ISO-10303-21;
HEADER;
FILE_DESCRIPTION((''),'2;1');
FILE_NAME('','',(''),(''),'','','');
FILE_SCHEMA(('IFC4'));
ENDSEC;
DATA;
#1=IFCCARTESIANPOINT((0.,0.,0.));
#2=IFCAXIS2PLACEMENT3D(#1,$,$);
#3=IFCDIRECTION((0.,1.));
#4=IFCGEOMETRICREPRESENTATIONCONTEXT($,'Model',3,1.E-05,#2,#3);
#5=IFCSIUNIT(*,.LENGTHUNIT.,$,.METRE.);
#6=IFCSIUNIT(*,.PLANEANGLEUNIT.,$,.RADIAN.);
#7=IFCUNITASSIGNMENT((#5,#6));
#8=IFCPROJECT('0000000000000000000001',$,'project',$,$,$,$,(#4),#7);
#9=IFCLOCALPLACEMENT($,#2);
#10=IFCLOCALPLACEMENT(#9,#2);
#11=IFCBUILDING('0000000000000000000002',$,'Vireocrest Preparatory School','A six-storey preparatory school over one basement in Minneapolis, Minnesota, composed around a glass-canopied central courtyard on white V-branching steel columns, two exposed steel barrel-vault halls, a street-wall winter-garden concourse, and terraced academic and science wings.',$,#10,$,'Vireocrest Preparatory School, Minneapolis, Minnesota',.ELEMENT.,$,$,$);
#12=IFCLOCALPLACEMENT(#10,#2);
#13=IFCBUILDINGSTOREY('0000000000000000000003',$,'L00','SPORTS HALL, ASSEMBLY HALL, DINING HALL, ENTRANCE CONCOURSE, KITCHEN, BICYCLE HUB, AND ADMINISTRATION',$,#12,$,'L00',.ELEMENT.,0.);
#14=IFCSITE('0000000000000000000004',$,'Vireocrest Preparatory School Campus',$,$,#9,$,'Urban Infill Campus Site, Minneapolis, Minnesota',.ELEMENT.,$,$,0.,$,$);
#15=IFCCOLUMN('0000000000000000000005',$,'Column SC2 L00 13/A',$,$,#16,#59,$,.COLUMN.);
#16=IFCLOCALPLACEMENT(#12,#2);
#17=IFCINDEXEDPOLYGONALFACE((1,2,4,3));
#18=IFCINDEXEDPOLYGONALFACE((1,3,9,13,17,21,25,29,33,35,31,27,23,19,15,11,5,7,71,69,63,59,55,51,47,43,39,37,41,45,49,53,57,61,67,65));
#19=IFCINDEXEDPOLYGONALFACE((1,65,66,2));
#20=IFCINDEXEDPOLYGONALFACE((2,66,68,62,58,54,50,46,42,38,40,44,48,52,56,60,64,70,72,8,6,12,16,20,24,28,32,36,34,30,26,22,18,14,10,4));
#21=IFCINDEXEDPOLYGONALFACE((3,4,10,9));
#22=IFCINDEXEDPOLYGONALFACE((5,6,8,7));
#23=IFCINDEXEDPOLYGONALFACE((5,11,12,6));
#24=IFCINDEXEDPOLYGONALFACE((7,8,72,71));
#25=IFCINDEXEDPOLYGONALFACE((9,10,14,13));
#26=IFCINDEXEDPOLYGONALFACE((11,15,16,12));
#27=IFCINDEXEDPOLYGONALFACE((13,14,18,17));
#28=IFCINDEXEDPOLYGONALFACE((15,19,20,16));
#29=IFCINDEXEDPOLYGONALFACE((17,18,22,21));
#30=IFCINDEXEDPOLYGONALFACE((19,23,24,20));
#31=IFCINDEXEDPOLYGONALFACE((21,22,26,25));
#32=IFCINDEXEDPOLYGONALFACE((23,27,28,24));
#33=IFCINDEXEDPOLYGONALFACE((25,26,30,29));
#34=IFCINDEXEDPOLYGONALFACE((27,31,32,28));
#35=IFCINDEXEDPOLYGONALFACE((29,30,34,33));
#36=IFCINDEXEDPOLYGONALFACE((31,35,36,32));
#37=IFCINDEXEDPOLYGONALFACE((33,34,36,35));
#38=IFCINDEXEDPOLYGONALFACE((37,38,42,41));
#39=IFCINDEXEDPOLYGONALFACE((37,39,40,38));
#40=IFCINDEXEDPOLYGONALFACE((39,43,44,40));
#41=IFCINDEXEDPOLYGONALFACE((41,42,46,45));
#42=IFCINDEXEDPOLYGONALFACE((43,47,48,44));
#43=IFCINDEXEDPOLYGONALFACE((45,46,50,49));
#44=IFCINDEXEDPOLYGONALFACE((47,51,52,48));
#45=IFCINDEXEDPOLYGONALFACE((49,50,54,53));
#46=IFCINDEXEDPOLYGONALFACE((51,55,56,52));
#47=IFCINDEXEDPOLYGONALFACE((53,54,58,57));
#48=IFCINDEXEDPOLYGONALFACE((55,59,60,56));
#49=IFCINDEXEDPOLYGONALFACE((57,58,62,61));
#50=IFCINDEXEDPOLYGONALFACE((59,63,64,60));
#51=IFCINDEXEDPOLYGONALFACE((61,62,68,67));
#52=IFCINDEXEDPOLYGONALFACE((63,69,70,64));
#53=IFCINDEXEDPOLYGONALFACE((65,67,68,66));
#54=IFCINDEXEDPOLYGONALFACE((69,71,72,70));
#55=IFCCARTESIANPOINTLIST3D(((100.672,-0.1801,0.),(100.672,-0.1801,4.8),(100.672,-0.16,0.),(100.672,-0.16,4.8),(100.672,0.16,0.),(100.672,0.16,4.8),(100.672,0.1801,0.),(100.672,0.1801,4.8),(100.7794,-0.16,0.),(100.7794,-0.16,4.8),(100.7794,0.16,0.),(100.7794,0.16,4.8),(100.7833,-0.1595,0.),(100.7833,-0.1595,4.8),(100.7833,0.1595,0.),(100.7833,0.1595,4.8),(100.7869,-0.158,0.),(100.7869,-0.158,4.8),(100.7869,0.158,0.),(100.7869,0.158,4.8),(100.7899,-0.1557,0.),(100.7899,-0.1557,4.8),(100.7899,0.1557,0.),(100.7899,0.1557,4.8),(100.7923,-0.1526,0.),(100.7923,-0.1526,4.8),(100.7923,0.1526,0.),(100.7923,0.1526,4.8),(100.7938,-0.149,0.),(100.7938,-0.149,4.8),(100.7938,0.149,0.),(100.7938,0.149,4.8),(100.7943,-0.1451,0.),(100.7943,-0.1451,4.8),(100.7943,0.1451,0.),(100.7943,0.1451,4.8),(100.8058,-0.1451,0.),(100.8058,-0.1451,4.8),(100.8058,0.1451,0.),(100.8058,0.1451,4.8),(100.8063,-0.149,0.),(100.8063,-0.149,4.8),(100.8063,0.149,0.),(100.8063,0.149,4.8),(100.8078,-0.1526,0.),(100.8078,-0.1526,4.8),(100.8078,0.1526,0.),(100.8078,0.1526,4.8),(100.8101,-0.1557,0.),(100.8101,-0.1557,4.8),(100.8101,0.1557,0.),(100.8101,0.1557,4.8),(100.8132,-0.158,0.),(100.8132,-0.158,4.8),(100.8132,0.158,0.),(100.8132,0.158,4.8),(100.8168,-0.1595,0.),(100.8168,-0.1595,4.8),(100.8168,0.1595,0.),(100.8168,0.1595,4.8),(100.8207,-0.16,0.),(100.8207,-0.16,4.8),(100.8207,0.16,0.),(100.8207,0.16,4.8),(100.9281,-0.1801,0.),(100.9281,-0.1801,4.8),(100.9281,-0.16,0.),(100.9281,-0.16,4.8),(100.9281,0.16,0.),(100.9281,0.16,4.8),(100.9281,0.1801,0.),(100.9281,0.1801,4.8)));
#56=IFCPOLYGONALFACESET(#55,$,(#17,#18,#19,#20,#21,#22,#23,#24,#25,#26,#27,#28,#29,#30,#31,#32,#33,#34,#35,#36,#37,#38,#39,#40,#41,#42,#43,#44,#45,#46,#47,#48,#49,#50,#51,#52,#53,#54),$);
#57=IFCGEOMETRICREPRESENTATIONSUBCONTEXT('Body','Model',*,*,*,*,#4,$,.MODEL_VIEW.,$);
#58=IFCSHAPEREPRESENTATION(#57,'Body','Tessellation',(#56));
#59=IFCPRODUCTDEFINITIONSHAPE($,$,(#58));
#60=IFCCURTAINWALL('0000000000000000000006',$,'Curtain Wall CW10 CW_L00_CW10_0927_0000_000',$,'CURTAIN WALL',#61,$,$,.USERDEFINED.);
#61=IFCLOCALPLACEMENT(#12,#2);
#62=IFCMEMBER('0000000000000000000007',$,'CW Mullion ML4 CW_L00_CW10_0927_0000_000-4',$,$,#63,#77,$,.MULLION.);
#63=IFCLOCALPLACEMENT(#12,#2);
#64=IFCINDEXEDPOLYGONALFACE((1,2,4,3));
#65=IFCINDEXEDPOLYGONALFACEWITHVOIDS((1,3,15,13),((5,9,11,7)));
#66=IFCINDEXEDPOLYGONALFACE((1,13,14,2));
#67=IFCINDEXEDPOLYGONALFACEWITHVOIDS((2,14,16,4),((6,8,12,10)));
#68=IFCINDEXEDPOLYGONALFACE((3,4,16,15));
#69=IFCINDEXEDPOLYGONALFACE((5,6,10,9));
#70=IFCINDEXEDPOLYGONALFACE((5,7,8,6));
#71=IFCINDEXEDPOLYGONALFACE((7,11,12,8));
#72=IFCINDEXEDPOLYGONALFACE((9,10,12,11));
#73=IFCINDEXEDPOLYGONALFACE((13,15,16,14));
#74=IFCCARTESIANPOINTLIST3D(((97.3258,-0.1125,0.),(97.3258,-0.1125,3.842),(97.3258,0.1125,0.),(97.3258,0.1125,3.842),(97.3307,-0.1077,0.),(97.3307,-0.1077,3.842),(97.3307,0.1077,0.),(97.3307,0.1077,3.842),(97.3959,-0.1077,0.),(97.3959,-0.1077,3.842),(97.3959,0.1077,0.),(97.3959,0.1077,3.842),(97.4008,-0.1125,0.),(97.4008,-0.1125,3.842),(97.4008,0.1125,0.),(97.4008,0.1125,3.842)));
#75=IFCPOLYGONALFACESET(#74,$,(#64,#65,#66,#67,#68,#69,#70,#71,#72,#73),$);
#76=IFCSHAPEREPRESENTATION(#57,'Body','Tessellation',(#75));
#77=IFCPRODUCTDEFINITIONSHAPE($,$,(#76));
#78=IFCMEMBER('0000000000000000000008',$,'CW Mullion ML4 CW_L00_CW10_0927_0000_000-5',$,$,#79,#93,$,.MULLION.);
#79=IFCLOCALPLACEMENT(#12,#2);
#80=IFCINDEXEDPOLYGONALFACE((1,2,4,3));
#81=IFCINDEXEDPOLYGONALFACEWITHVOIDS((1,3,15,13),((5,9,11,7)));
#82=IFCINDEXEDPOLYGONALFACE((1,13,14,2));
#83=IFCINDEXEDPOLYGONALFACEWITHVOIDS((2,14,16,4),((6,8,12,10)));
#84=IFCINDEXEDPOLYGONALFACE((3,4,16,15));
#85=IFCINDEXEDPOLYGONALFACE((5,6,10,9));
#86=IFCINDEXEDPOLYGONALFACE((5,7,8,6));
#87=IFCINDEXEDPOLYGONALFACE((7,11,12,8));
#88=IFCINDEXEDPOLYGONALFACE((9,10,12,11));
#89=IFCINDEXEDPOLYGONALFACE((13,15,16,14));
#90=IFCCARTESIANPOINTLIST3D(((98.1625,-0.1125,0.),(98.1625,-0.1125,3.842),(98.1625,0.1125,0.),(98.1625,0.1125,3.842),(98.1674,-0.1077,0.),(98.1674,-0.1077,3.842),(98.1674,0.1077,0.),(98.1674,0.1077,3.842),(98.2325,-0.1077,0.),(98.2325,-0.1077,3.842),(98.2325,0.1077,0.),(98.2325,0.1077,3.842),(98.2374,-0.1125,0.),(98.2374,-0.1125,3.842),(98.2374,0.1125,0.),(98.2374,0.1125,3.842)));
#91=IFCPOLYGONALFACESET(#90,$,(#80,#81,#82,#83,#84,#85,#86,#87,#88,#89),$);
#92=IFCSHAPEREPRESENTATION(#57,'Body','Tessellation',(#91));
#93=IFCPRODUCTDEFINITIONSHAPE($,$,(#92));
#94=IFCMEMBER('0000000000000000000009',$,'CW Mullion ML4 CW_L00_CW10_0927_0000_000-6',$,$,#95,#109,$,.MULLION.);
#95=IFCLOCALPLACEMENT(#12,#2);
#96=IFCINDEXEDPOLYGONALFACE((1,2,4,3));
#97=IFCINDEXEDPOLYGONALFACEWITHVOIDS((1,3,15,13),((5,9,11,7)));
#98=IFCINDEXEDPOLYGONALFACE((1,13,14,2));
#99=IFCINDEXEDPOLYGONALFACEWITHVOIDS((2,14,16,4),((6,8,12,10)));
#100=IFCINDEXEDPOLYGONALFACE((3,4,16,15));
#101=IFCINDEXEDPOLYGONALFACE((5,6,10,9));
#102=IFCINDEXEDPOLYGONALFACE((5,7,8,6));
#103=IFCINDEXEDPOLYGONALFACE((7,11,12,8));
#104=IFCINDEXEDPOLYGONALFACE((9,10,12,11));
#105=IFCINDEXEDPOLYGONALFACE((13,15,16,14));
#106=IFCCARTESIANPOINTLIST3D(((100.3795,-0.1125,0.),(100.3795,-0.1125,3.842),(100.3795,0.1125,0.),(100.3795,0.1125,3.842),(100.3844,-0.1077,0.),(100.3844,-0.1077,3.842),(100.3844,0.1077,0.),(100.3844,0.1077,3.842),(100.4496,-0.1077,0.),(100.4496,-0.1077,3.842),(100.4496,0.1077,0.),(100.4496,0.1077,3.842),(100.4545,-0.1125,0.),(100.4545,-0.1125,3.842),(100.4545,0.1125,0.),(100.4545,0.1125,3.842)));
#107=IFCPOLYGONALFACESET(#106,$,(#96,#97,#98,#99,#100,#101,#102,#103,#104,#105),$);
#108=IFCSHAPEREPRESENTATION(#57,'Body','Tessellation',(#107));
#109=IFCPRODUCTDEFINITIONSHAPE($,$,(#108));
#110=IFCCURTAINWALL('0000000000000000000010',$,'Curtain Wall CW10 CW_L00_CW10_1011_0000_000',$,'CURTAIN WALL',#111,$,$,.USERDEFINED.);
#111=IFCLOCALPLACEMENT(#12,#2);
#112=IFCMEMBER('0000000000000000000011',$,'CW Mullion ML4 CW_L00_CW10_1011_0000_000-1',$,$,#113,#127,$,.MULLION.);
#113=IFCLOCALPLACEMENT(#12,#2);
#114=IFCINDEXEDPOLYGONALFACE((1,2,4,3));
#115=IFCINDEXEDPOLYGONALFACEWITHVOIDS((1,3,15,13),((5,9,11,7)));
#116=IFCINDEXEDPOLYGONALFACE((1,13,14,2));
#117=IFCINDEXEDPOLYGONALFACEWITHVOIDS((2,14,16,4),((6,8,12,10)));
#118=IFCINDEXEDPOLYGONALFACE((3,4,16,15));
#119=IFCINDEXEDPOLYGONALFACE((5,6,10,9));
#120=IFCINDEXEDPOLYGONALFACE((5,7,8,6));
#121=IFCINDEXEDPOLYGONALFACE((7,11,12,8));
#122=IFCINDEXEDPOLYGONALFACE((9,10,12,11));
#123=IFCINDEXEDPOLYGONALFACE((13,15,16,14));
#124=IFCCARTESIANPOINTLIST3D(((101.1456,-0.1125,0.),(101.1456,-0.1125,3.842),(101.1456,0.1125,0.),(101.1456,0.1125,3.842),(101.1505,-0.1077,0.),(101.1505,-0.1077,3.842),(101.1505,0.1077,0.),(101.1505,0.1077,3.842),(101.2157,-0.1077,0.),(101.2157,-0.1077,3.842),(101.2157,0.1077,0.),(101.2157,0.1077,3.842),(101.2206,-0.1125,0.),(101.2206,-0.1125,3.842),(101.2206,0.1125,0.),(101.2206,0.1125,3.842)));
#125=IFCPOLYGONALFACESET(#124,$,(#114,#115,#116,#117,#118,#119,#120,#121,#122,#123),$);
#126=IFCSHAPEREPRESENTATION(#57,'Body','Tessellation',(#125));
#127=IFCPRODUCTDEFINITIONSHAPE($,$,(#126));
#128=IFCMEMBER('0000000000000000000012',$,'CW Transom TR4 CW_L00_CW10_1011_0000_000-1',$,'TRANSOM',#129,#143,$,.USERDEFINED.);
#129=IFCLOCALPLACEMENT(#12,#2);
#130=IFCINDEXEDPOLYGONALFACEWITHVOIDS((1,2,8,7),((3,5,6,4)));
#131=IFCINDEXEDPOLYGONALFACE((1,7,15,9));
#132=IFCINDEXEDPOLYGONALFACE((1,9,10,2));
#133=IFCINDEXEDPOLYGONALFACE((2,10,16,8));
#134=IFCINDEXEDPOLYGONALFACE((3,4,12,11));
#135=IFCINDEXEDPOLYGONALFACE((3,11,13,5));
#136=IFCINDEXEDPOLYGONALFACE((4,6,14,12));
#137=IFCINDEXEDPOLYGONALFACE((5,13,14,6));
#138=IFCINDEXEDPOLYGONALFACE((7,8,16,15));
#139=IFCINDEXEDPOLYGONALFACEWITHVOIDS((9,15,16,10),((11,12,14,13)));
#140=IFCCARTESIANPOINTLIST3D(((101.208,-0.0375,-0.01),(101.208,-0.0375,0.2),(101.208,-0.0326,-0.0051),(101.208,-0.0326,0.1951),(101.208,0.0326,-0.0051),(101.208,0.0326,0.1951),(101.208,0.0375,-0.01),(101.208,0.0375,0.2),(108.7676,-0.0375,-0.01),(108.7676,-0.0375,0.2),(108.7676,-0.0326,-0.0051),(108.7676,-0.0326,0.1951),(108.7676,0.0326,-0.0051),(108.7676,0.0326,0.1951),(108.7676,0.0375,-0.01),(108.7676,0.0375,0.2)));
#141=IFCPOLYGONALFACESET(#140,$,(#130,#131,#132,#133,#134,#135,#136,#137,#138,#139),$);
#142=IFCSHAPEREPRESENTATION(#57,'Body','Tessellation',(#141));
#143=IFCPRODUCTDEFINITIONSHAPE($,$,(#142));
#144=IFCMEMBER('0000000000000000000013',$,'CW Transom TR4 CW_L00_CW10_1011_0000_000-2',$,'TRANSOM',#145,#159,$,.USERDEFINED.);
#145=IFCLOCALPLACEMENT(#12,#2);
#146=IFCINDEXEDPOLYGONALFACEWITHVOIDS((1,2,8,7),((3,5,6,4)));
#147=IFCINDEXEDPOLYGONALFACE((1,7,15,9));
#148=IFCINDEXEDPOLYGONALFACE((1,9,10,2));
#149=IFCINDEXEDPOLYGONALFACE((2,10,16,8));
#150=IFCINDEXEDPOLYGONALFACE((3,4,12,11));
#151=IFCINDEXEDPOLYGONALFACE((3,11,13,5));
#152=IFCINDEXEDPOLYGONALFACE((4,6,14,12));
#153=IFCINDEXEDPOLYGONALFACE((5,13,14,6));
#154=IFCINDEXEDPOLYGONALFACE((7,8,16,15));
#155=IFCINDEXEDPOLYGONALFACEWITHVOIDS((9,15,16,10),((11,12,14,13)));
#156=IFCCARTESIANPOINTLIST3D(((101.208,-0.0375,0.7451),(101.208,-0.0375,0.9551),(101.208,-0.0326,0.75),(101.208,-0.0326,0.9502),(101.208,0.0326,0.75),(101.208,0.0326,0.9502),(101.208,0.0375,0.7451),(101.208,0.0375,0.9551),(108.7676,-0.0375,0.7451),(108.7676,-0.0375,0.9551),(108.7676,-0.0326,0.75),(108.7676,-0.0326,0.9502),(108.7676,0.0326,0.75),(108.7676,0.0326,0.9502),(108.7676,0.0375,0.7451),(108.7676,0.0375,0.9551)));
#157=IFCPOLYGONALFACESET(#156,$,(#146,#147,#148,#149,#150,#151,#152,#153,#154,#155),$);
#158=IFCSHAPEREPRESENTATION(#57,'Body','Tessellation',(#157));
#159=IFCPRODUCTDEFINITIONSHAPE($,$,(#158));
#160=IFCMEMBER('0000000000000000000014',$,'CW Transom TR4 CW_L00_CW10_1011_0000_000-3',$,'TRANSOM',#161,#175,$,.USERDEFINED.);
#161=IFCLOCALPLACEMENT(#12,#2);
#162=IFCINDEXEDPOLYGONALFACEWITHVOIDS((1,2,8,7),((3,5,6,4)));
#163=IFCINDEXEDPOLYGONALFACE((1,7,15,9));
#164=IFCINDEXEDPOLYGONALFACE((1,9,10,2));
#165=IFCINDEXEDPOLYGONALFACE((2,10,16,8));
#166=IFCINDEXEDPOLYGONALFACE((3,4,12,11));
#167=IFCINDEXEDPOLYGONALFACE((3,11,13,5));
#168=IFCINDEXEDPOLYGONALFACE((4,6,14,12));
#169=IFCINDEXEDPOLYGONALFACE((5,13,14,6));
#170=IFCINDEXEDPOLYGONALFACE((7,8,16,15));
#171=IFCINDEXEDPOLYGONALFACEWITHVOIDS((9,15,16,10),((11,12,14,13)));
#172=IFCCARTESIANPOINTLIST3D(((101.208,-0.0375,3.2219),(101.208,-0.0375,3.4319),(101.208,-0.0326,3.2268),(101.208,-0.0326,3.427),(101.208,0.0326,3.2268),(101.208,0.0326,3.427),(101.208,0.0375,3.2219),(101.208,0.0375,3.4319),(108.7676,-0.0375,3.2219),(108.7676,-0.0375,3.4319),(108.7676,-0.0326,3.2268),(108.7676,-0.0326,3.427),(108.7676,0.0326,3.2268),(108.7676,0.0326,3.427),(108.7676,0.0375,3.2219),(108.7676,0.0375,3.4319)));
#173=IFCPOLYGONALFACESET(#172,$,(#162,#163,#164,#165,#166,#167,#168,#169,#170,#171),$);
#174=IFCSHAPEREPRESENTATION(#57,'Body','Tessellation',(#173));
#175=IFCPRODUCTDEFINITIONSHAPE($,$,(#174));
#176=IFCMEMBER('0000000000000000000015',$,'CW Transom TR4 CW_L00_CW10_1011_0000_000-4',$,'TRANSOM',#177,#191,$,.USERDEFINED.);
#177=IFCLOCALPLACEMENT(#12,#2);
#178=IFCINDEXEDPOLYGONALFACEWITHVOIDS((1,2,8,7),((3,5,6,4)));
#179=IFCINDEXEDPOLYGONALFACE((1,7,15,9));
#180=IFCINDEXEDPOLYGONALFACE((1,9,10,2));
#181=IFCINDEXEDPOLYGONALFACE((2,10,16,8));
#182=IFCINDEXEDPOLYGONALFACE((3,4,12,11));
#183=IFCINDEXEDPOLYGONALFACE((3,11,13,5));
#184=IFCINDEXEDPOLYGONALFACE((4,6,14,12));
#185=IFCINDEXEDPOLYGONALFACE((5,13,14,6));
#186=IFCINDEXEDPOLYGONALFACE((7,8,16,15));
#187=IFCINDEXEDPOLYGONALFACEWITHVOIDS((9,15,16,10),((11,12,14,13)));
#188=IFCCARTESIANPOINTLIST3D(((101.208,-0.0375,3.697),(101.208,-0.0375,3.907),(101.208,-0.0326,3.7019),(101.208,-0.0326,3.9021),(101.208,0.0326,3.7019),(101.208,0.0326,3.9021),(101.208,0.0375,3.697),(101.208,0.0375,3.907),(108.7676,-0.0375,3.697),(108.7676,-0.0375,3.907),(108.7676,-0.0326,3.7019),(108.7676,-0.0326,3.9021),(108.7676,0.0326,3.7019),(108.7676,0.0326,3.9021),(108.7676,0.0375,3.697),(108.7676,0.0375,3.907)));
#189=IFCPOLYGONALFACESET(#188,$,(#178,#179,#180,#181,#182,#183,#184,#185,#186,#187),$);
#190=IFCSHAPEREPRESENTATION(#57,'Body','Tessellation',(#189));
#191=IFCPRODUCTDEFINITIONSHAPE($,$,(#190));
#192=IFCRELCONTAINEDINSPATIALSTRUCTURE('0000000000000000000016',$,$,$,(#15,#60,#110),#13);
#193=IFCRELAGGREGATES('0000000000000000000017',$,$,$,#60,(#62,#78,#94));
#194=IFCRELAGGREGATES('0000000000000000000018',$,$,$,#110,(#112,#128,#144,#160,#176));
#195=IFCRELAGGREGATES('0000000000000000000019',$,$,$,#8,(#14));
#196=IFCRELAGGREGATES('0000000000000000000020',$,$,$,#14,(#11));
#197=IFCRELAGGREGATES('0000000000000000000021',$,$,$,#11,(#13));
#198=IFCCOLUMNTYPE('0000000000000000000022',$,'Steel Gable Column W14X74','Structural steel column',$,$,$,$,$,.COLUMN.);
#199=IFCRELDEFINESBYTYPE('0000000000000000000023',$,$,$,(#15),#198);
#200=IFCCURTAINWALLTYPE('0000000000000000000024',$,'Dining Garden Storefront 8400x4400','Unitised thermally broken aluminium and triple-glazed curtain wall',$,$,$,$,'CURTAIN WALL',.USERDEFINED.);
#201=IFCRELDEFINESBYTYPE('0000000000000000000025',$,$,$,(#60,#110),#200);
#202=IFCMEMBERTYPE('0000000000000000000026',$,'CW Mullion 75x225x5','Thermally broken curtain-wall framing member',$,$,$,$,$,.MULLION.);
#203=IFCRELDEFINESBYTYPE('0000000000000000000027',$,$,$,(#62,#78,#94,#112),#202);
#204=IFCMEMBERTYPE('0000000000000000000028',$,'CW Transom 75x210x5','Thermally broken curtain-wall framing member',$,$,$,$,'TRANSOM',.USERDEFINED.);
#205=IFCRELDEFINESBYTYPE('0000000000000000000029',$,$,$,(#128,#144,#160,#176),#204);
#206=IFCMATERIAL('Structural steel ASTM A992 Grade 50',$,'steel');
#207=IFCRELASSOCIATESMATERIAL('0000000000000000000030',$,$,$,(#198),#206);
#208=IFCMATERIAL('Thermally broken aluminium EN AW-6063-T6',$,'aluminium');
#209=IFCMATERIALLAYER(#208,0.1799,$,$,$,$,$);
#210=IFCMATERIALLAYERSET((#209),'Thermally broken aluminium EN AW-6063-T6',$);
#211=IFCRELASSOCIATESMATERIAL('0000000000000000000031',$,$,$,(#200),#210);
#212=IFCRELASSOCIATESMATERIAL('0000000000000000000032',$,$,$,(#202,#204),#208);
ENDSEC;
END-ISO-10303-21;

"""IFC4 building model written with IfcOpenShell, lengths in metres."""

from ifc_helpers import new_model, si_unit, direction, frame, origin, origin_2d, place, context, subcontext, project, spatial, hollow_rectangle, i_section, extrude, material, layer, layer_set, material_profile, profile_set, type_object, element, aggregate, save


model = new_model("IFC4")

# Units and contexts
model_context = context("Model", 3, precision=1e-05, world=origin(), true_north=direction((0.0, 1.0)))
body_context = subcontext(model_context, "Body", "Model", "MODEL_VIEW")
ifc_project = project(units=[si_unit("LENGTHUNIT", "METRE"), si_unit("PLANEANGLEUNIT", "RADIAN")], contexts=[model_context])

# Site, building, storey
site_placement = place(None, origin())
site = spatial("IfcSite", under=ifc_project, at=site_placement, Name="Vireocrest Preparatory School Campus", LongName="Urban Infill Campus Site, Minneapolis, Minnesota", CompositionType="ELEMENT", RefElevation=0.0)
building_placement = place(site_placement, origin())
building = spatial("IfcBuilding", under=site, at=building_placement, Name="Vireocrest Preparatory School", Description="A six-storey preparatory school over one basement in Minneapolis, Minnesota, composed around a glass-canopied central courtyard on white V-branching steel columns, two exposed steel barrel-vault halls, a street-wall winter-garden concourse, and terraced academic and science wings.", LongName="Vireocrest Preparatory School, Minneapolis, Minnesota", CompositionType="ELEMENT")
storey_placement = place(building_placement, origin())
storey = spatial("IfcBuildingStorey", under=building, at=storey_placement, Name="L00", Description="SPORTS HALL, ASSEMBLY HALL, DINING HALL, ENTRANCE CONCOURSE, KITCHEN, BICYCLE HUB, AND ADMINISTRATION", LongName="L00", CompositionType="ELEMENT", Elevation=0.0)

# Column
ifc_material_1 = material(Name="Structural steel ASTM A992 Grade 50", Category="steel")
ifc_material_profile_1 = material_profile(ifc_material_1, i_section(OverallWidth=0.2561, OverallDepth=0.3601, WebThickness=0.0115, FlangeThickness=0.02, FilletRadius=0.0149, at=origin_2d()), Name="W14X74")
ifc_profile_set_1 = profile_set([ifc_material_profile_1], Name="Structural steel ASTM A992 Grade 50")
column_type = type_object("IfcColumnType", Name="Steel Gable Column W14X74", Description="Structural steel column", PredefinedType="COLUMN", material=ifc_profile_set_1)
column_placement = place(storey_placement, frame((100.8, 0.0, 0.0), z_axis=(0.0, 0.0, 1.0), x_axis=(1.0, 0.0, 0.0)))
element("IfcColumn", 1, at=column_placement, inside=storey, type_object=column_type, Name="Column SC2 L00 13/A", PredefinedType="COLUMN", context=body_context, shape_type="SweptSolid", body=[
    extrude(i_section(OverallWidth=0.2561, OverallDepth=0.3601, WebThickness=0.0115, FlangeThickness=0.02, FilletRadius=0.0149, at=origin_2d()), origin(), (0.0, 0.0, 1.0), 4.8),
])

# Curtain walls, members
ifc_material_2 = material(Name="Thermally broken aluminium EN AW-6063-T6", Category="aluminium")
ifc_layer_1 = layer(ifc_material_2, 0.1799)
ifc_layer_set_1 = layer_set([ifc_layer_1], Name="Thermally broken aluminium EN AW-6063-T6")
curtain_wall_type = type_object("IfcCurtainWallType", Name="Dining Garden Storefront 8400x4400", Description="Unitised thermally broken aluminium and triple-glazed curtain wall", ElementType="CURTAIN WALL", PredefinedType="USERDEFINED", material=ifc_layer_set_1)
curtain_wall_1_placement = place(storey_placement, origin())
curtain_wall_1 = element("IfcCurtainWall", 2, at=curtain_wall_1_placement, inside=storey, type_object=curtain_wall_type, Name="Curtain Wall CW10 CW_L00_CW10_0927_0000_000", ObjectType="CURTAIN WALL", PredefinedType="USERDEFINED")
ifc_material_profile_2 = material_profile(ifc_material_2, hollow_rectangle(XDim=0.075, YDim=0.2251, WallThickness=0.0049, at=origin_2d()), Name="ALU 75x225x5")
ifc_profile_set_2 = profile_set([ifc_material_profile_2], Name="Thermally broken aluminium EN AW-6063-T6")
member_type_1 = type_object("IfcMemberType", Name="CW Mullion 75x225x5", Description="Thermally broken curtain-wall framing member", PredefinedType="MULLION", material=ifc_profile_set_2)
member_1_placement = place(storey_placement, frame((97.3633, 0.0, 0.0), z_axis=(0.0, 0.0, 1.0), x_axis=(1.0, 0.0, 0.0)))
member_1 = element("IfcMember", 3, at=member_1_placement, type_object=member_type_1, Name="CW Mullion ML4 CW_L00_CW10_0927_0000_000-4", PredefinedType="MULLION", context=body_context, shape_type="SweptSolid", body=[
    extrude(hollow_rectangle(XDim=0.075, YDim=0.2251, WallThickness=0.0049, at=origin_2d()), origin(), (0.0, 0.0, 1.0), 3.842),
])
member_2_placement = place(storey_placement, frame((98.2, 0.0, 0.0), z_axis=(0.0, 0.0, 1.0), x_axis=(1.0, 0.0, 0.0)))
member_2 = element("IfcMember", 4, at=member_2_placement, type_object=member_type_1, Name="CW Mullion ML4 CW_L00_CW10_0927_0000_000-5", PredefinedType="MULLION", context=body_context, shape_type="SweptSolid", body=[
    extrude(hollow_rectangle(XDim=0.075, YDim=0.2251, WallThickness=0.0049, at=origin_2d()), origin(), (0.0, 0.0, 1.0), 3.842),
])
member_3_placement = place(storey_placement, frame((100.417, 0.0, 0.0), z_axis=(0.0, 0.0, 1.0), x_axis=(1.0, 0.0, 0.0)))
member_3 = element("IfcMember", 5, at=member_3_placement, type_object=member_type_1, Name="CW Mullion ML4 CW_L00_CW10_0927_0000_000-6", PredefinedType="MULLION", context=body_context, shape_type="SweptSolid", body=[
    extrude(hollow_rectangle(XDim=0.075, YDim=0.2251, WallThickness=0.0049, at=origin_2d()), origin(), (0.0, 0.0, 1.0), 3.842),
])
curtain_wall_2_placement = place(storey_placement, origin())
curtain_wall_2 = element("IfcCurtainWall", 6, at=curtain_wall_2_placement, inside=storey, type_object=curtain_wall_type, Name="Curtain Wall CW10 CW_L00_CW10_1011_0000_000", ObjectType="CURTAIN WALL", PredefinedType="USERDEFINED")
member_4_placement = place(storey_placement, frame((101.1831, 0.0, 0.0), z_axis=(0.0, 0.0, 1.0), x_axis=(1.0, 0.0, 0.0)))
member_4 = element("IfcMember", 7, at=member_4_placement, type_object=member_type_1, Name="CW Mullion ML4 CW_L00_CW10_1011_0000_000-1", PredefinedType="MULLION", context=body_context, shape_type="SweptSolid", body=[
    extrude(hollow_rectangle(XDim=0.075, YDim=0.2251, WallThickness=0.0049, at=origin_2d()), origin(), (0.0, 0.0, 1.0), 3.842),
])
ifc_material_profile_3 = material_profile(ifc_material_2, hollow_rectangle(XDim=0.075, YDim=0.21, WallThickness=0.0049, at=origin_2d()), Name="ALU 75x210x5")
ifc_profile_set_3 = profile_set([ifc_material_profile_3], Name="Thermally broken aluminium EN AW-6063-T6")
member_type_2 = type_object("IfcMemberType", Name="CW Transom 75x210x5", Description="Thermally broken curtain-wall framing member", ElementType="TRANSOM", PredefinedType="USERDEFINED", material=ifc_profile_set_3)
member_5_placement = place(storey_placement, frame((101.208, 0.0, 0.095), z_axis=(1.0, 0.0, 0.0), x_axis=(0.0, 1.0, 0.0)))
member_5 = element("IfcMember", 8, at=member_5_placement, type_object=member_type_2, Name="CW Transom TR4 CW_L00_CW10_1011_0000_000-1", ObjectType="TRANSOM", PredefinedType="USERDEFINED", context=body_context, shape_type="SweptSolid", body=[
    extrude(hollow_rectangle(XDim=0.075, YDim=0.21, WallThickness=0.0049, at=origin_2d()), origin(), (0.0, 0.0, 1.0), 7.5596),
])
member_6_placement = place(storey_placement, frame((101.208, 0.0, 0.8501), z_axis=(1.0, 0.0, 0.0), x_axis=(0.0, 1.0, 0.0)))
member_6 = element("IfcMember", 9, at=member_6_placement, type_object=member_type_2, Name="CW Transom TR4 CW_L00_CW10_1011_0000_000-2", ObjectType="TRANSOM", PredefinedType="USERDEFINED", context=body_context, shape_type="SweptSolid", body=[
    extrude(hollow_rectangle(XDim=0.075, YDim=0.21, WallThickness=0.0049, at=origin_2d()), origin(), (0.0, 0.0, 1.0), 7.5596),
])
member_7_placement = place(storey_placement, frame((101.208, 0.0, 3.3269), z_axis=(1.0, 0.0, 0.0), x_axis=(0.0, 1.0, 0.0)))
member_7 = element("IfcMember", 10, at=member_7_placement, type_object=member_type_2, Name="CW Transom TR4 CW_L00_CW10_1011_0000_000-3", ObjectType="TRANSOM", PredefinedType="USERDEFINED", context=body_context, shape_type="SweptSolid", body=[
    extrude(hollow_rectangle(XDim=0.075, YDim=0.21, WallThickness=0.0049, at=origin_2d()), origin(), (0.0, 0.0, 1.0), 7.5596),
])
member_8_placement = place(storey_placement, frame((101.208, 0.0, 3.802), z_axis=(1.0, 0.0, 0.0), x_axis=(0.0, 1.0, 0.0)))
member_8 = element("IfcMember", 11, at=member_8_placement, type_object=member_type_2, Name="CW Transom TR4 CW_L00_CW10_1011_0000_000-4", ObjectType="TRANSOM", PredefinedType="USERDEFINED", context=body_context, shape_type="SweptSolid", body=[
    extrude(hollow_rectangle(XDim=0.075, YDim=0.21, WallThickness=0.0049, at=origin_2d()), origin(), (0.0, 0.0, 1.0), 7.5596),
])

aggregate(curtain_wall_1, [member_1, member_2, member_3])
aggregate(curtain_wall_2, [member_4, member_5, member_6, member_7, member_8])

save(model, "model.ifc")
